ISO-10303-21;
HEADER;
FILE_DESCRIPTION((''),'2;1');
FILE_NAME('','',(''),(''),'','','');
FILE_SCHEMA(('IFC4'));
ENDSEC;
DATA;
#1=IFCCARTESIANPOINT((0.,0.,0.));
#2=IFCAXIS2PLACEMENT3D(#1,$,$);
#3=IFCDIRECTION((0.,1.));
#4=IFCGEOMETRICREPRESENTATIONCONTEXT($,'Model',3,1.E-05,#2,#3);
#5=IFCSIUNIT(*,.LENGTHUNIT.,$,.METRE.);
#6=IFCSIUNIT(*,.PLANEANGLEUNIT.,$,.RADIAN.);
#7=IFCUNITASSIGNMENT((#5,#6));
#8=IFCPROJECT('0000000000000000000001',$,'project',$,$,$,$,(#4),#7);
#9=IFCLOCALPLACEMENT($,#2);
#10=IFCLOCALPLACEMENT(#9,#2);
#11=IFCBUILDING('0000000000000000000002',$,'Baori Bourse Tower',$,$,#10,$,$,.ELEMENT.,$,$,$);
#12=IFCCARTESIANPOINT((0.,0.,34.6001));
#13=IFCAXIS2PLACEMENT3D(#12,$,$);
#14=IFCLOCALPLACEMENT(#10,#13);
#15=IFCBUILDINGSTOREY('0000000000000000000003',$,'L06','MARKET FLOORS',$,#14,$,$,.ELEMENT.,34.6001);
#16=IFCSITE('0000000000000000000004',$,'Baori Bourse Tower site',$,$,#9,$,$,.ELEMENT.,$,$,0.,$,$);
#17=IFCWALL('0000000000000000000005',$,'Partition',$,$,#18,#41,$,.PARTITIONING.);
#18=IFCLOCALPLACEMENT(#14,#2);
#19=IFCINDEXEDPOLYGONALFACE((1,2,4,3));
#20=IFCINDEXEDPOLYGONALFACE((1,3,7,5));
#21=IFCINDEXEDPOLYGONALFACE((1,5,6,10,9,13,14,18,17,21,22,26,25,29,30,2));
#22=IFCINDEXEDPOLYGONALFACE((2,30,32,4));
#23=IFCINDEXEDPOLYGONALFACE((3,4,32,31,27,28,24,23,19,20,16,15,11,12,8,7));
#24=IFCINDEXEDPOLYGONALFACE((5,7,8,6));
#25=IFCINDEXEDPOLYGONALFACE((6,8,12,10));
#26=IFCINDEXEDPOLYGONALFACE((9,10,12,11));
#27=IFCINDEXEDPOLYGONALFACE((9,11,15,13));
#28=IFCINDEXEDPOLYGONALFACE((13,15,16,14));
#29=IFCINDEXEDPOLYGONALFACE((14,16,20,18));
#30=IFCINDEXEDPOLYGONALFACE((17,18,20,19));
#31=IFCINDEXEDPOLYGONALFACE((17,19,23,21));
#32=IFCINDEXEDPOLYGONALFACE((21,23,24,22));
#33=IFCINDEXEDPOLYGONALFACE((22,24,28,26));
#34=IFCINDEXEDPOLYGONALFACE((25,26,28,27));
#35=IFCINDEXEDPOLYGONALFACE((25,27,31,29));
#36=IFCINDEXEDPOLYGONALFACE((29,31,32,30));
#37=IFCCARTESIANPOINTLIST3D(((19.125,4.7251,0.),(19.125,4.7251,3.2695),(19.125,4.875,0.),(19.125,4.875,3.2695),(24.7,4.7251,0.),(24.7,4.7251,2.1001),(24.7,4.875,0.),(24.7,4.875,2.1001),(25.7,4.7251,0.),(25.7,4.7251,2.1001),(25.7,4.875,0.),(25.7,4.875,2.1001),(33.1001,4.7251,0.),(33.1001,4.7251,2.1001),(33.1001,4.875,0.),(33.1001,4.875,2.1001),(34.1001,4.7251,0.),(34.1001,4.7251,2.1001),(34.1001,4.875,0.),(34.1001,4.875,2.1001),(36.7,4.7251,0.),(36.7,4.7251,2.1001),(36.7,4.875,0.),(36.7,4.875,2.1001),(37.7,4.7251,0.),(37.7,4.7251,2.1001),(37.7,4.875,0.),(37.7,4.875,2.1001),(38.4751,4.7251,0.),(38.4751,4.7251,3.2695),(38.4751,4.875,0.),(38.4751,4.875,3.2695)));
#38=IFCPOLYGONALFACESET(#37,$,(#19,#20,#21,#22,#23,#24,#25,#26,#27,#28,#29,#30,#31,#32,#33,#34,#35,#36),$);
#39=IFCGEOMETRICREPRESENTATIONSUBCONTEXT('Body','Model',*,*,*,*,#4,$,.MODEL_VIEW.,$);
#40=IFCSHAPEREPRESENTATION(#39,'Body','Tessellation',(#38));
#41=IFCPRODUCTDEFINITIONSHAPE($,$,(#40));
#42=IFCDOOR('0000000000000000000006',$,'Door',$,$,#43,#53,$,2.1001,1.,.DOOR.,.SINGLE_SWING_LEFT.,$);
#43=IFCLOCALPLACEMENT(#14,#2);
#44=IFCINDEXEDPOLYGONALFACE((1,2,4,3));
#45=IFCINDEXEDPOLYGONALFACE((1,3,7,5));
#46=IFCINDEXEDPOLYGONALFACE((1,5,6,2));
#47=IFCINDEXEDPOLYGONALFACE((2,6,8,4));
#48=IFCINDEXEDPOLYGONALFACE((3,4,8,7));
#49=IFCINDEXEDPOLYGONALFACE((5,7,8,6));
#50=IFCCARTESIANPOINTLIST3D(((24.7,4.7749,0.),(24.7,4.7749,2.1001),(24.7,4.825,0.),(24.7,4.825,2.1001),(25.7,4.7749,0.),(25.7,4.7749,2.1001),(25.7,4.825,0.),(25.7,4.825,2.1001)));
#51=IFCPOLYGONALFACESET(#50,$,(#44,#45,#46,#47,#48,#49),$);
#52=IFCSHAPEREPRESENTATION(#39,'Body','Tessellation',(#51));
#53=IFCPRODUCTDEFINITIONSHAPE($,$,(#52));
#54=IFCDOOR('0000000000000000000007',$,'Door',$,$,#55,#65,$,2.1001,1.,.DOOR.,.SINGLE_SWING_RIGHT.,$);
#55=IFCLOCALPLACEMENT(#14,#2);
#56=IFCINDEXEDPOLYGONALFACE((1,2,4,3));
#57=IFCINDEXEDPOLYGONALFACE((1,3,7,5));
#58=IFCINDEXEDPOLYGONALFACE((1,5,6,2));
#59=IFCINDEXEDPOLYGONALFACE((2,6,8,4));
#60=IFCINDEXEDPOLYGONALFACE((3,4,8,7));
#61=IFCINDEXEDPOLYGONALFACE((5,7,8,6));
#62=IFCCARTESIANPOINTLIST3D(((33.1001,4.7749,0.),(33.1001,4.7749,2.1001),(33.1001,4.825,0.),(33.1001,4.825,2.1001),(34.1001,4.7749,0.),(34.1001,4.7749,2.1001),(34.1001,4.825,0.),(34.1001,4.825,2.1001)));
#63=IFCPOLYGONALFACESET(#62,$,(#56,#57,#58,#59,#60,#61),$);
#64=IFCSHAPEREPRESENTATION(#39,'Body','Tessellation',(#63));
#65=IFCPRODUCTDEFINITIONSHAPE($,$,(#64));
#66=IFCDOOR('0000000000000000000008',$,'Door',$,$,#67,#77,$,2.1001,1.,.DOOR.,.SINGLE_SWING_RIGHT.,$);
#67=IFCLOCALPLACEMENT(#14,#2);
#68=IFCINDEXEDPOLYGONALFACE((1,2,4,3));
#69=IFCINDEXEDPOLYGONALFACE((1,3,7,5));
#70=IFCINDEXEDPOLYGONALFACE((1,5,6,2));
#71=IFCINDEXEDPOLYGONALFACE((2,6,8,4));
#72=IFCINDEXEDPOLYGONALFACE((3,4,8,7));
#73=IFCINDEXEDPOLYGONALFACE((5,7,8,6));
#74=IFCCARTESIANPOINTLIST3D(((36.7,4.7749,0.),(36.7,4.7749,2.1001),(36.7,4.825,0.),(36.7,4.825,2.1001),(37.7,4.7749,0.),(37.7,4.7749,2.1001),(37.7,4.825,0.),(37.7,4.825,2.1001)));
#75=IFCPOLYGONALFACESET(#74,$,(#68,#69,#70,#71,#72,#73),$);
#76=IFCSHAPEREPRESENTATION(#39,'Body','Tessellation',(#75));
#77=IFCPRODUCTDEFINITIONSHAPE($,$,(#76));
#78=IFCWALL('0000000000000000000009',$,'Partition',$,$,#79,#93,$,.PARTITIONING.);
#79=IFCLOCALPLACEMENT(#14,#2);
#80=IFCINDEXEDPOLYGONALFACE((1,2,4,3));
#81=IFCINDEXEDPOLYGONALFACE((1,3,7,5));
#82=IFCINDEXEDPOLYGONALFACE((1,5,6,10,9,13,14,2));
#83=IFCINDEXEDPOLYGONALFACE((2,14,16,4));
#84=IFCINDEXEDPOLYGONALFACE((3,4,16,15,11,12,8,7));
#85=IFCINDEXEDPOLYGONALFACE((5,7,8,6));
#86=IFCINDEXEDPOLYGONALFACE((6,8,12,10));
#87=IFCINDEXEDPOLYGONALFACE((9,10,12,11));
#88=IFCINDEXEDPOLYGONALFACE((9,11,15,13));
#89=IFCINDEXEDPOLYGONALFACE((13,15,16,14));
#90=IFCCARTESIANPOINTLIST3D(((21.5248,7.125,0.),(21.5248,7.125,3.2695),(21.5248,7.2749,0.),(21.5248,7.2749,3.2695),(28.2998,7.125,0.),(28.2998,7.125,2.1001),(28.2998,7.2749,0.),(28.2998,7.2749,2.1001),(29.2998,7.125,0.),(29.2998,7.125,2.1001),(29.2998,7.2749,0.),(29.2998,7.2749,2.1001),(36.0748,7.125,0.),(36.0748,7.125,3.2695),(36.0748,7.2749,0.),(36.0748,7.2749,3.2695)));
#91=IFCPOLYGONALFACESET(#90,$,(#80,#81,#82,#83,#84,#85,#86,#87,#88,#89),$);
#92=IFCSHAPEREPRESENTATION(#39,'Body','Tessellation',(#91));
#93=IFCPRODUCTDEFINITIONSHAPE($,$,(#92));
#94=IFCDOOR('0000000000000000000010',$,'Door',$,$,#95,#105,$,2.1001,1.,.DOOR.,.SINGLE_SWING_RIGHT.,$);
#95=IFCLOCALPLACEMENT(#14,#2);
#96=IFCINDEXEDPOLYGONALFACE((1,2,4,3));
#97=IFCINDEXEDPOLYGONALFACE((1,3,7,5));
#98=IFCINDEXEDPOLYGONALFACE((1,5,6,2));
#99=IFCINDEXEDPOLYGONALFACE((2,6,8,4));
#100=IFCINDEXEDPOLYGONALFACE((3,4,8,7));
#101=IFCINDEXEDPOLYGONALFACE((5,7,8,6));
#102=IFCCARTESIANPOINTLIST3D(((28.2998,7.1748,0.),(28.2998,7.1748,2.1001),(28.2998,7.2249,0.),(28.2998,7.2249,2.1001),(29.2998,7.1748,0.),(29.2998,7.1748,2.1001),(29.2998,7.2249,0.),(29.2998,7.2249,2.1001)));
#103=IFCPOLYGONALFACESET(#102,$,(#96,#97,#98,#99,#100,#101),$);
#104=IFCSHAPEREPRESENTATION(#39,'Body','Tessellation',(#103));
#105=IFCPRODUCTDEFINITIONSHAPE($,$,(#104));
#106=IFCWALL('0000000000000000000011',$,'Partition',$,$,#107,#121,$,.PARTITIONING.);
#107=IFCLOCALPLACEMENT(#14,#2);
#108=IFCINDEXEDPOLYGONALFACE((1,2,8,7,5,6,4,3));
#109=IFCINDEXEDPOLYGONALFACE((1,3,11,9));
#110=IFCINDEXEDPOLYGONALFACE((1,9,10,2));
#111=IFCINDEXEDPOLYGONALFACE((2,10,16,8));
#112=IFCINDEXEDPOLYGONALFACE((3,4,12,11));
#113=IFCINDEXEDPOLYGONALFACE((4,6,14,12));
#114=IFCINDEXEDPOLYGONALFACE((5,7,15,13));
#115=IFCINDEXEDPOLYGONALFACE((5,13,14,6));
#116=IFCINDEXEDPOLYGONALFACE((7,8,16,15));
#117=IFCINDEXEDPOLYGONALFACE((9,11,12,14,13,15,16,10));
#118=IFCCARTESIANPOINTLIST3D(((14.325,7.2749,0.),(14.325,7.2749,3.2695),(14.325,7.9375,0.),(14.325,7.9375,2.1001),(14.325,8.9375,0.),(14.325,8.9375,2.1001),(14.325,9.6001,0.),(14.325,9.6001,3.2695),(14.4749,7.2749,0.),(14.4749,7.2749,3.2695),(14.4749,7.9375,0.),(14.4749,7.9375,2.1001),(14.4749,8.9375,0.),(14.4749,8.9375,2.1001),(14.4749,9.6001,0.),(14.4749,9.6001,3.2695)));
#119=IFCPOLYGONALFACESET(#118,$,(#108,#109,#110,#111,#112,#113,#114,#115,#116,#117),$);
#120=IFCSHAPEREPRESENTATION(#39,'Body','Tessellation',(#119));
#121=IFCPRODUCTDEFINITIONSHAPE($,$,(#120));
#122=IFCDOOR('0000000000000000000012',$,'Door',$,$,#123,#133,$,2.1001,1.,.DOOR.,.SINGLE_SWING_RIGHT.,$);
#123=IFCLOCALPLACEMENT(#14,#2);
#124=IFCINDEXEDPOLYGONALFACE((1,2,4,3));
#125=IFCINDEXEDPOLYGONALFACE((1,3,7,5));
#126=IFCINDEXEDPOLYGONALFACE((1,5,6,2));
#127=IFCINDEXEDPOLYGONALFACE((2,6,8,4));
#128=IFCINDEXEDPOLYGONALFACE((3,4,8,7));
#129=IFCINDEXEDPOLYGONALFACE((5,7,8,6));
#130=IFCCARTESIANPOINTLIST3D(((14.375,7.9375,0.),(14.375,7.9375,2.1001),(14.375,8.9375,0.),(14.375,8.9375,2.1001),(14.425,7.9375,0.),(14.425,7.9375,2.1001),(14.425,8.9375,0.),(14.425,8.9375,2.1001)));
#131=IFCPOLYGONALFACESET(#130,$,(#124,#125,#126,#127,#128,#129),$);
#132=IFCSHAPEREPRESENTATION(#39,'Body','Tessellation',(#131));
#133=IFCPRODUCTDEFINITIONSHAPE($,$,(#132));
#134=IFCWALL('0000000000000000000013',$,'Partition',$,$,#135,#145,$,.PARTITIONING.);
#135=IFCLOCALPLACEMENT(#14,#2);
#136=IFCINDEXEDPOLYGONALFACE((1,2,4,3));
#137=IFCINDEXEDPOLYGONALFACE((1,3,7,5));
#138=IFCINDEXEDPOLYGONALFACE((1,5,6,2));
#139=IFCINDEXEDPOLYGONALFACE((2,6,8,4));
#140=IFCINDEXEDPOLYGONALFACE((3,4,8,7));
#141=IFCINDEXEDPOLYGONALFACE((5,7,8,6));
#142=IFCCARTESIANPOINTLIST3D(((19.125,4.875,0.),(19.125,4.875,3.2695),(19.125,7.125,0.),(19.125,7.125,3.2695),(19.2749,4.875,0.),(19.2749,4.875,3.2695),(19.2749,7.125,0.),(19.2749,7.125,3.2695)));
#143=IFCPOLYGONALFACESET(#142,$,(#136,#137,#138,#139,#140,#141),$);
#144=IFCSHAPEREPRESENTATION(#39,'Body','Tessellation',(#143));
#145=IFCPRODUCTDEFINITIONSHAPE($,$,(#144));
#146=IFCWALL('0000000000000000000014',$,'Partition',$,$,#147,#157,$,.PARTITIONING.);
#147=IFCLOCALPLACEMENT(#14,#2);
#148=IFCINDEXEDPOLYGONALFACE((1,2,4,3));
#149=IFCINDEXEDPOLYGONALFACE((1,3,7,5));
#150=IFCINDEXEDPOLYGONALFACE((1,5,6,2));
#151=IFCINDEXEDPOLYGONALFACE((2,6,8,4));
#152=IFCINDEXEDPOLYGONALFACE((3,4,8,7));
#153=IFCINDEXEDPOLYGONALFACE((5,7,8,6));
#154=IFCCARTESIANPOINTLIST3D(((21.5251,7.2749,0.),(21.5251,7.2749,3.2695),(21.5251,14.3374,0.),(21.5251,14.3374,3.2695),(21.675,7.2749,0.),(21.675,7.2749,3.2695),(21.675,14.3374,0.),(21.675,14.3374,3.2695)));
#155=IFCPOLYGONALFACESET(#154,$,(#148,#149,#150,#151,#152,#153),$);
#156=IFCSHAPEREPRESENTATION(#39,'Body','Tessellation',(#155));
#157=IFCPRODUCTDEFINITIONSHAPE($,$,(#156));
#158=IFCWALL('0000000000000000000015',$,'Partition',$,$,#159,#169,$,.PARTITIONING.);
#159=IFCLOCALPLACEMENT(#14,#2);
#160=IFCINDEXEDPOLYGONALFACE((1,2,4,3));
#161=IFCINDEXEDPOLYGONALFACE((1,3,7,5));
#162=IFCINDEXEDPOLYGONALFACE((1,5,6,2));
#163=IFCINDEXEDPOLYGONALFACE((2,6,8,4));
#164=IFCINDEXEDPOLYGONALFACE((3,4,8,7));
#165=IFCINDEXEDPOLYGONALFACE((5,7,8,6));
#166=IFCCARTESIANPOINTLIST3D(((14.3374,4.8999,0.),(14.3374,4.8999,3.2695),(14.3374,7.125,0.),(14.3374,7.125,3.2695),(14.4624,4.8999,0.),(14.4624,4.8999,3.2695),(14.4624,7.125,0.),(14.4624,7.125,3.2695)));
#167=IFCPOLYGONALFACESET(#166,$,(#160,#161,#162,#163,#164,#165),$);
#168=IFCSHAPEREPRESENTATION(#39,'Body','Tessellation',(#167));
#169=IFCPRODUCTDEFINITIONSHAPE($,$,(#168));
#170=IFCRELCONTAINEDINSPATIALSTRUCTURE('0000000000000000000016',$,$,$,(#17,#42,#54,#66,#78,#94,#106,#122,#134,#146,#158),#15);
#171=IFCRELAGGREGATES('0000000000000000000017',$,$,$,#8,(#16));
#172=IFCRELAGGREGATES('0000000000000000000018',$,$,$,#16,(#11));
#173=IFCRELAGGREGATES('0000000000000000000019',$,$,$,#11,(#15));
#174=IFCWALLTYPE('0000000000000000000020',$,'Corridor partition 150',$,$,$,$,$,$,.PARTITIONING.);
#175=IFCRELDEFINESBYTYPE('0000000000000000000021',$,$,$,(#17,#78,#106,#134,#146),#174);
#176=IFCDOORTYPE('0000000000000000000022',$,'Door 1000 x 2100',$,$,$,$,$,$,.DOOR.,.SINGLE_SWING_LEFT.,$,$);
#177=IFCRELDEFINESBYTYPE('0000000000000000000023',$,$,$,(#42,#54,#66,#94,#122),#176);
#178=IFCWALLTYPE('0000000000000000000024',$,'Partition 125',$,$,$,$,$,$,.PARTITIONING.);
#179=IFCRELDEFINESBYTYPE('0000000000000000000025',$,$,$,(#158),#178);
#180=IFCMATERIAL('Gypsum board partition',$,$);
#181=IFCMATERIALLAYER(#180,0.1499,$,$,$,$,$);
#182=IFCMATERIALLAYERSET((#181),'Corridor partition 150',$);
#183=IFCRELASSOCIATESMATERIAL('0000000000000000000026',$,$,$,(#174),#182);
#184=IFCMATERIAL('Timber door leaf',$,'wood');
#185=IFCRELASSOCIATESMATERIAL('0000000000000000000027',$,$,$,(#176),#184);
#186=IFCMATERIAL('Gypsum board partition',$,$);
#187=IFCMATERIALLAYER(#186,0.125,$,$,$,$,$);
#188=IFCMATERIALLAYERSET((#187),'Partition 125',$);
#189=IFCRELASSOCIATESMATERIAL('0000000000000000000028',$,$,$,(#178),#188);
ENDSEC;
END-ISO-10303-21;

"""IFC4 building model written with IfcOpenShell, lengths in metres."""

from ifc_helpers import new_model, si_unit, direction, frame, frame_2d, origin, place, context, subcontext, project, spatial, rectangle, extrude, material, layer, layer_set, type_object, element, fill, save


model = new_model("IFC4")

# Units and contexts
model_context = context("Model", 3, precision=1e-05, world=origin(), true_north=direction((0.0, 1.0)))
body_context = subcontext(model_context, "Body", "Model", "MODEL_VIEW")
ifc_project = project(units=[si_unit("LENGTHUNIT", "METRE"), si_unit("PLANEANGLEUNIT", "RADIAN")], contexts=[model_context])

# Site, building, storey
site_placement = place(None, origin())
site = spatial("IfcSite", under=ifc_project, at=site_placement, Name="Baori Bourse Tower site", CompositionType="ELEMENT", RefElevation=0.0)
building_placement = place(site_placement, origin())
building = spatial("IfcBuilding", under=site, at=building_placement, Name="Baori Bourse Tower", CompositionType="ELEMENT")
storey_placement = place(building_placement, frame((0.0, 0.0, 34.6001)))
storey = spatial("IfcBuildingStorey", under=building, at=storey_placement, Name="L06", Description="MARKET FLOORS", CompositionType="ELEMENT", Elevation=34.6001)

# Wall, openings, doors
ifc_material_1 = material(Name="Gypsum board partition")
ifc_layer_1 = layer(ifc_material_1, 0.1499)
ifc_layer_set_1 = layer_set([ifc_layer_1], Name="Corridor partition 150")
wall_type_1 = type_object("IfcWallType", Name="Corridor partition 150", PredefinedType="PARTITIONING", material=ifc_layer_set_1)
wall_1_placement = place(storey_placement, frame((19.125, 4.8, 0.0), z_axis=(0.0, 0.0, 1.0), x_axis=(1.0, 0.0, 0.0)))
wall_1 = element("IfcWall", 1, at=wall_1_placement, inside=storey, type_object=wall_type_1, Name="Partition", PredefinedType="PARTITIONING", context=body_context, shape_type="SweptSolid", body=[
    extrude(rectangle(XDim=19.3501, YDim=0.1499, at=frame_2d((9.675, 0.0))), origin(), (0.0, 0.0, 1.0), 3.2695),
])
opening_1_placement = place(wall_1_placement, frame((5.575, 0.0, 0.0)))
opening_1 = element("IfcOpeningElement", 2, at=opening_1_placement, cuts=wall_1, PredefinedType="OPENING", context=body_context, shape_type="SweptSolid", body=[
    extrude(rectangle(XDim=1.0, YDim=2.1001, at=frame_2d((0.5, 1.05))), frame((0.0, 0.085, 0.0), z_axis=(0.0, -1.0, 0.0), x_axis=(1.0, 0.0, 0.0)), (0.0, 0.0, 1.0), 0.1699),
])
opening_2_placement = place(wall_1_placement, frame((13.9751, 0.0, 0.0)))
opening_2 = element("IfcOpeningElement", 3, at=opening_2_placement, cuts=wall_1, PredefinedType="OPENING", context=body_context, shape_type="SweptSolid", body=[
    extrude(rectangle(XDim=1.0, YDim=2.1001, at=frame_2d((0.5, 1.05))), frame((0.0, 0.085, 0.0), z_axis=(0.0, -1.0, 0.0), x_axis=(1.0, 0.0, 0.0)), (0.0, 0.0, 1.0), 0.1699),
])
opening_3_placement = place(wall_1_placement, frame((17.575, 0.0, 0.0)))
opening_3 = element("IfcOpeningElement", 4, at=opening_3_placement, cuts=wall_1, PredefinedType="OPENING", context=body_context, shape_type="SweptSolid", body=[
    extrude(rectangle(XDim=1.0, YDim=2.1001, at=frame_2d((0.5, 1.05))), frame((0.0, 0.085, 0.0), z_axis=(0.0, -1.0, 0.0), x_axis=(1.0, 0.0, 0.0)), (0.0, 0.0, 1.0), 0.1699),
])
ifc_material_2 = material(Name="Timber door leaf", Category="wood")
door_type_1 = type_object("IfcDoorType", Name="Door 1000 x 2100", OperationType="SINGLE_SWING_LEFT", PredefinedType="DOOR", material=ifc_material_2)
door_1_placement = place(opening_1_placement, origin())
door_1 = element("IfcDoor", 5, at=door_1_placement, inside=storey, type_object=door_type_1, Name="Door", OperationType="SINGLE_SWING_LEFT", OverallHeight=2.1001, OverallWidth=1.0, PredefinedType="DOOR", context=body_context, shape_type="SweptSolid", body=[
    extrude(rectangle(XDim=1.0, YDim=2.1001, at=frame_2d((0.5, 1.05))), frame((0.0, 0.0249, 0.0), z_axis=(0.0, -1.0, 0.0), x_axis=(1.0, 0.0, 0.0)), (0.0, 0.0, 1.0), 0.05),
])
fill(opening_1, door_1)
door_2_placement = place(opening_2_placement, origin())
door_2 = element("IfcDoor", 6, at=door_2_placement, inside=storey, type_object=door_type_1, Name="Door", OperationType="SINGLE_SWING_RIGHT", OverallHeight=2.1001, OverallWidth=1.0, PredefinedType="DOOR", context=body_context, shape_type="SweptSolid", body=[
    extrude(rectangle(XDim=1.0, YDim=2.1001, at=frame_2d((0.5, 1.05))), frame((0.0, 0.0249, 0.0), z_axis=(0.0, -1.0, 0.0), x_axis=(1.0, 0.0, 0.0)), (0.0, 0.0, 1.0), 0.05),
])
fill(opening_2, door_2)
door_3_placement = place(opening_3_placement, origin())
door_3 = element("IfcDoor", 7, at=door_3_placement, inside=storey, type_object=door_type_1, Name="Door", OperationType="SINGLE_SWING_RIGHT", OverallHeight=2.1001, OverallWidth=1.0, PredefinedType="DOOR", context=body_context, shape_type="SweptSolid", body=[
    extrude(rectangle(XDim=1.0, YDim=2.1001, at=frame_2d((0.5, 1.05))), frame((0.0, 0.0249, 0.0), z_axis=(0.0, -1.0, 0.0), x_axis=(1.0, 0.0, 0.0)), (0.0, 0.0, 1.0), 0.05),
])
fill(opening_3, door_3)

# Walls, openings, doors
wall_2_placement = place(storey_placement, frame((21.5249, 7.2, 0.0), z_axis=(0.0, 0.0, 1.0), x_axis=(1.0, 0.0, 0.0)))
wall_2 = element("IfcWall", 8, at=wall_2_placement, inside=storey, type_object=wall_type_1, Name="Partition", PredefinedType="PARTITIONING", context=body_context, shape_type="SweptSolid", body=[
    extrude(rectangle(XDim=14.55, YDim=0.1499, at=frame_2d((7.2749, 0.0))), origin(), (0.0, 0.0, 1.0), 3.2695),
])
opening_4_placement = place(wall_2_placement, frame((6.7749, 0.0, 0.0)))
opening_4 = element("IfcOpeningElement", 9, at=opening_4_placement, cuts=wall_2, PredefinedType="OPENING", context=body_context, shape_type="SweptSolid", body=[
    extrude(rectangle(XDim=1.0, YDim=2.1001, at=frame_2d((0.5, 1.05))), frame((0.0, 0.085, 0.0), z_axis=(0.0, -1.0, 0.0), x_axis=(1.0, 0.0, 0.0)), (0.0, 0.0, 1.0), 0.1699),
])
door_4_placement = place(opening_4_placement, origin())
door_4 = element("IfcDoor", 10, at=door_4_placement, inside=storey, type_object=door_type_1, Name="Door", OperationType="SINGLE_SWING_RIGHT", OverallHeight=2.1001, OverallWidth=1.0, PredefinedType="DOOR", context=body_context, shape_type="SweptSolid", body=[
    extrude(rectangle(XDim=1.0, YDim=2.1001, at=frame_2d((0.5, 1.05))), frame((0.0, 0.0249, 0.0), z_axis=(0.0, -1.0, 0.0), x_axis=(1.0, 0.0, 0.0)), (0.0, 0.0, 1.0), 0.05),
])
fill(opening_4, door_4)
wall_3_placement = place(storey_placement, frame((14.3999, 7.2749, 0.0), z_axis=(0.0, 0.0, 1.0), x_axis=(0.0, 1.0, 0.0)))
wall_3 = element("IfcWall", 11, at=wall_3_placement, inside=storey, type_object=wall_type_1, Name="Partition", PredefinedType="PARTITIONING", context=body_context, shape_type="SweptSolid", body=[
    extrude(rectangle(XDim=2.3252, YDim=0.1499, at=frame_2d((1.1626, 0.0))), origin(), (0.0, 0.0, 1.0), 3.2695),
])
opening_5_placement = place(wall_3_placement, frame((0.6626, 0.0, 0.0)))
opening_5 = element("IfcOpeningElement", 12, at=opening_5_placement, cuts=wall_3, PredefinedType="OPENING", context=body_context, shape_type="SweptSolid", body=[
    extrude(rectangle(XDim=1.0, YDim=2.1001, at=frame_2d((0.5, 1.05))), frame((0.0, 0.085, 0.0), z_axis=(0.0, -1.0, 0.0), x_axis=(1.0, 0.0, 0.0)), (0.0, 0.0, 1.0), 0.1699),
])
door_5_placement = place(opening_5_placement, origin())
door_5 = element("IfcDoor", 13, at=door_5_placement, inside=storey, type_object=door_type_1, Name="Door", OperationType="SINGLE_SWING_RIGHT", OverallHeight=2.1001, OverallWidth=1.0, PredefinedType="DOOR", context=body_context, shape_type="SweptSolid", body=[
    extrude(rectangle(XDim=1.0, YDim=2.1001, at=frame_2d((0.5, 1.05))), frame((0.0, 0.0249, 0.0), z_axis=(0.0, -1.0, 0.0), x_axis=(1.0, 0.0, 0.0)), (0.0, 0.0, 1.0), 0.05),
])
fill(opening_5, door_5)

# Walls
wall_4_placement = place(storey_placement, frame((19.2, 4.875, 0.0), z_axis=(0.0, 0.0, 1.0), x_axis=(0.0, 1.0, 0.0)))
element("IfcWall", 14, at=wall_4_placement, inside=storey, type_object=wall_type_1, Name="Partition", PredefinedType="PARTITIONING", context=body_context, shape_type="SweptSolid", body=[
    extrude(rectangle(XDim=2.25, YDim=0.1499, at=frame_2d((1.125, 0.0))), origin(), (0.0, 0.0, 1.0), 3.2695),
])
wall_5_placement = place(storey_placement, frame((21.6001, 7.2749, 0.0), z_axis=(0.0, 0.0, 1.0), x_axis=(0.0, 1.0, 0.0)))
element("IfcWall", 15, at=wall_5_placement, inside=storey, type_object=wall_type_1, Name="Partition", PredefinedType="PARTITIONING", context=body_context, shape_type="SweptSolid", body=[
    extrude(rectangle(XDim=7.0625, YDim=0.1499, at=frame_2d((3.5312, 0.0))), origin(), (0.0, 0.0, 1.0), 3.2695),
])
ifc_material_3 = material(Name="Gypsum board partition")
ifc_layer_2 = layer(ifc_material_3, 0.125)
ifc_layer_set_2 = layer_set([ifc_layer_2], Name="Partition 125")
wall_type_2 = type_object("IfcWallType", Name="Partition 125", PredefinedType="PARTITIONING", material=ifc_layer_set_2)
wall_6_placement = place(storey_placement, frame((14.3999, 4.8999, 0.0), z_axis=(0.0, 0.0, 1.0), x_axis=(0.0, 1.0, 0.0)))
element("IfcWall", 16, at=wall_6_placement, inside=storey, type_object=wall_type_2, Name="Partition", PredefinedType="PARTITIONING", context=body_context, shape_type="SweptSolid", body=[
    extrude(rectangle(XDim=2.2251, YDim=0.125, at=frame_2d((1.1125, 0.0))), origin(), (0.0, 0.0, 1.0), 3.2695),
])

save(model, "model.ifc")
